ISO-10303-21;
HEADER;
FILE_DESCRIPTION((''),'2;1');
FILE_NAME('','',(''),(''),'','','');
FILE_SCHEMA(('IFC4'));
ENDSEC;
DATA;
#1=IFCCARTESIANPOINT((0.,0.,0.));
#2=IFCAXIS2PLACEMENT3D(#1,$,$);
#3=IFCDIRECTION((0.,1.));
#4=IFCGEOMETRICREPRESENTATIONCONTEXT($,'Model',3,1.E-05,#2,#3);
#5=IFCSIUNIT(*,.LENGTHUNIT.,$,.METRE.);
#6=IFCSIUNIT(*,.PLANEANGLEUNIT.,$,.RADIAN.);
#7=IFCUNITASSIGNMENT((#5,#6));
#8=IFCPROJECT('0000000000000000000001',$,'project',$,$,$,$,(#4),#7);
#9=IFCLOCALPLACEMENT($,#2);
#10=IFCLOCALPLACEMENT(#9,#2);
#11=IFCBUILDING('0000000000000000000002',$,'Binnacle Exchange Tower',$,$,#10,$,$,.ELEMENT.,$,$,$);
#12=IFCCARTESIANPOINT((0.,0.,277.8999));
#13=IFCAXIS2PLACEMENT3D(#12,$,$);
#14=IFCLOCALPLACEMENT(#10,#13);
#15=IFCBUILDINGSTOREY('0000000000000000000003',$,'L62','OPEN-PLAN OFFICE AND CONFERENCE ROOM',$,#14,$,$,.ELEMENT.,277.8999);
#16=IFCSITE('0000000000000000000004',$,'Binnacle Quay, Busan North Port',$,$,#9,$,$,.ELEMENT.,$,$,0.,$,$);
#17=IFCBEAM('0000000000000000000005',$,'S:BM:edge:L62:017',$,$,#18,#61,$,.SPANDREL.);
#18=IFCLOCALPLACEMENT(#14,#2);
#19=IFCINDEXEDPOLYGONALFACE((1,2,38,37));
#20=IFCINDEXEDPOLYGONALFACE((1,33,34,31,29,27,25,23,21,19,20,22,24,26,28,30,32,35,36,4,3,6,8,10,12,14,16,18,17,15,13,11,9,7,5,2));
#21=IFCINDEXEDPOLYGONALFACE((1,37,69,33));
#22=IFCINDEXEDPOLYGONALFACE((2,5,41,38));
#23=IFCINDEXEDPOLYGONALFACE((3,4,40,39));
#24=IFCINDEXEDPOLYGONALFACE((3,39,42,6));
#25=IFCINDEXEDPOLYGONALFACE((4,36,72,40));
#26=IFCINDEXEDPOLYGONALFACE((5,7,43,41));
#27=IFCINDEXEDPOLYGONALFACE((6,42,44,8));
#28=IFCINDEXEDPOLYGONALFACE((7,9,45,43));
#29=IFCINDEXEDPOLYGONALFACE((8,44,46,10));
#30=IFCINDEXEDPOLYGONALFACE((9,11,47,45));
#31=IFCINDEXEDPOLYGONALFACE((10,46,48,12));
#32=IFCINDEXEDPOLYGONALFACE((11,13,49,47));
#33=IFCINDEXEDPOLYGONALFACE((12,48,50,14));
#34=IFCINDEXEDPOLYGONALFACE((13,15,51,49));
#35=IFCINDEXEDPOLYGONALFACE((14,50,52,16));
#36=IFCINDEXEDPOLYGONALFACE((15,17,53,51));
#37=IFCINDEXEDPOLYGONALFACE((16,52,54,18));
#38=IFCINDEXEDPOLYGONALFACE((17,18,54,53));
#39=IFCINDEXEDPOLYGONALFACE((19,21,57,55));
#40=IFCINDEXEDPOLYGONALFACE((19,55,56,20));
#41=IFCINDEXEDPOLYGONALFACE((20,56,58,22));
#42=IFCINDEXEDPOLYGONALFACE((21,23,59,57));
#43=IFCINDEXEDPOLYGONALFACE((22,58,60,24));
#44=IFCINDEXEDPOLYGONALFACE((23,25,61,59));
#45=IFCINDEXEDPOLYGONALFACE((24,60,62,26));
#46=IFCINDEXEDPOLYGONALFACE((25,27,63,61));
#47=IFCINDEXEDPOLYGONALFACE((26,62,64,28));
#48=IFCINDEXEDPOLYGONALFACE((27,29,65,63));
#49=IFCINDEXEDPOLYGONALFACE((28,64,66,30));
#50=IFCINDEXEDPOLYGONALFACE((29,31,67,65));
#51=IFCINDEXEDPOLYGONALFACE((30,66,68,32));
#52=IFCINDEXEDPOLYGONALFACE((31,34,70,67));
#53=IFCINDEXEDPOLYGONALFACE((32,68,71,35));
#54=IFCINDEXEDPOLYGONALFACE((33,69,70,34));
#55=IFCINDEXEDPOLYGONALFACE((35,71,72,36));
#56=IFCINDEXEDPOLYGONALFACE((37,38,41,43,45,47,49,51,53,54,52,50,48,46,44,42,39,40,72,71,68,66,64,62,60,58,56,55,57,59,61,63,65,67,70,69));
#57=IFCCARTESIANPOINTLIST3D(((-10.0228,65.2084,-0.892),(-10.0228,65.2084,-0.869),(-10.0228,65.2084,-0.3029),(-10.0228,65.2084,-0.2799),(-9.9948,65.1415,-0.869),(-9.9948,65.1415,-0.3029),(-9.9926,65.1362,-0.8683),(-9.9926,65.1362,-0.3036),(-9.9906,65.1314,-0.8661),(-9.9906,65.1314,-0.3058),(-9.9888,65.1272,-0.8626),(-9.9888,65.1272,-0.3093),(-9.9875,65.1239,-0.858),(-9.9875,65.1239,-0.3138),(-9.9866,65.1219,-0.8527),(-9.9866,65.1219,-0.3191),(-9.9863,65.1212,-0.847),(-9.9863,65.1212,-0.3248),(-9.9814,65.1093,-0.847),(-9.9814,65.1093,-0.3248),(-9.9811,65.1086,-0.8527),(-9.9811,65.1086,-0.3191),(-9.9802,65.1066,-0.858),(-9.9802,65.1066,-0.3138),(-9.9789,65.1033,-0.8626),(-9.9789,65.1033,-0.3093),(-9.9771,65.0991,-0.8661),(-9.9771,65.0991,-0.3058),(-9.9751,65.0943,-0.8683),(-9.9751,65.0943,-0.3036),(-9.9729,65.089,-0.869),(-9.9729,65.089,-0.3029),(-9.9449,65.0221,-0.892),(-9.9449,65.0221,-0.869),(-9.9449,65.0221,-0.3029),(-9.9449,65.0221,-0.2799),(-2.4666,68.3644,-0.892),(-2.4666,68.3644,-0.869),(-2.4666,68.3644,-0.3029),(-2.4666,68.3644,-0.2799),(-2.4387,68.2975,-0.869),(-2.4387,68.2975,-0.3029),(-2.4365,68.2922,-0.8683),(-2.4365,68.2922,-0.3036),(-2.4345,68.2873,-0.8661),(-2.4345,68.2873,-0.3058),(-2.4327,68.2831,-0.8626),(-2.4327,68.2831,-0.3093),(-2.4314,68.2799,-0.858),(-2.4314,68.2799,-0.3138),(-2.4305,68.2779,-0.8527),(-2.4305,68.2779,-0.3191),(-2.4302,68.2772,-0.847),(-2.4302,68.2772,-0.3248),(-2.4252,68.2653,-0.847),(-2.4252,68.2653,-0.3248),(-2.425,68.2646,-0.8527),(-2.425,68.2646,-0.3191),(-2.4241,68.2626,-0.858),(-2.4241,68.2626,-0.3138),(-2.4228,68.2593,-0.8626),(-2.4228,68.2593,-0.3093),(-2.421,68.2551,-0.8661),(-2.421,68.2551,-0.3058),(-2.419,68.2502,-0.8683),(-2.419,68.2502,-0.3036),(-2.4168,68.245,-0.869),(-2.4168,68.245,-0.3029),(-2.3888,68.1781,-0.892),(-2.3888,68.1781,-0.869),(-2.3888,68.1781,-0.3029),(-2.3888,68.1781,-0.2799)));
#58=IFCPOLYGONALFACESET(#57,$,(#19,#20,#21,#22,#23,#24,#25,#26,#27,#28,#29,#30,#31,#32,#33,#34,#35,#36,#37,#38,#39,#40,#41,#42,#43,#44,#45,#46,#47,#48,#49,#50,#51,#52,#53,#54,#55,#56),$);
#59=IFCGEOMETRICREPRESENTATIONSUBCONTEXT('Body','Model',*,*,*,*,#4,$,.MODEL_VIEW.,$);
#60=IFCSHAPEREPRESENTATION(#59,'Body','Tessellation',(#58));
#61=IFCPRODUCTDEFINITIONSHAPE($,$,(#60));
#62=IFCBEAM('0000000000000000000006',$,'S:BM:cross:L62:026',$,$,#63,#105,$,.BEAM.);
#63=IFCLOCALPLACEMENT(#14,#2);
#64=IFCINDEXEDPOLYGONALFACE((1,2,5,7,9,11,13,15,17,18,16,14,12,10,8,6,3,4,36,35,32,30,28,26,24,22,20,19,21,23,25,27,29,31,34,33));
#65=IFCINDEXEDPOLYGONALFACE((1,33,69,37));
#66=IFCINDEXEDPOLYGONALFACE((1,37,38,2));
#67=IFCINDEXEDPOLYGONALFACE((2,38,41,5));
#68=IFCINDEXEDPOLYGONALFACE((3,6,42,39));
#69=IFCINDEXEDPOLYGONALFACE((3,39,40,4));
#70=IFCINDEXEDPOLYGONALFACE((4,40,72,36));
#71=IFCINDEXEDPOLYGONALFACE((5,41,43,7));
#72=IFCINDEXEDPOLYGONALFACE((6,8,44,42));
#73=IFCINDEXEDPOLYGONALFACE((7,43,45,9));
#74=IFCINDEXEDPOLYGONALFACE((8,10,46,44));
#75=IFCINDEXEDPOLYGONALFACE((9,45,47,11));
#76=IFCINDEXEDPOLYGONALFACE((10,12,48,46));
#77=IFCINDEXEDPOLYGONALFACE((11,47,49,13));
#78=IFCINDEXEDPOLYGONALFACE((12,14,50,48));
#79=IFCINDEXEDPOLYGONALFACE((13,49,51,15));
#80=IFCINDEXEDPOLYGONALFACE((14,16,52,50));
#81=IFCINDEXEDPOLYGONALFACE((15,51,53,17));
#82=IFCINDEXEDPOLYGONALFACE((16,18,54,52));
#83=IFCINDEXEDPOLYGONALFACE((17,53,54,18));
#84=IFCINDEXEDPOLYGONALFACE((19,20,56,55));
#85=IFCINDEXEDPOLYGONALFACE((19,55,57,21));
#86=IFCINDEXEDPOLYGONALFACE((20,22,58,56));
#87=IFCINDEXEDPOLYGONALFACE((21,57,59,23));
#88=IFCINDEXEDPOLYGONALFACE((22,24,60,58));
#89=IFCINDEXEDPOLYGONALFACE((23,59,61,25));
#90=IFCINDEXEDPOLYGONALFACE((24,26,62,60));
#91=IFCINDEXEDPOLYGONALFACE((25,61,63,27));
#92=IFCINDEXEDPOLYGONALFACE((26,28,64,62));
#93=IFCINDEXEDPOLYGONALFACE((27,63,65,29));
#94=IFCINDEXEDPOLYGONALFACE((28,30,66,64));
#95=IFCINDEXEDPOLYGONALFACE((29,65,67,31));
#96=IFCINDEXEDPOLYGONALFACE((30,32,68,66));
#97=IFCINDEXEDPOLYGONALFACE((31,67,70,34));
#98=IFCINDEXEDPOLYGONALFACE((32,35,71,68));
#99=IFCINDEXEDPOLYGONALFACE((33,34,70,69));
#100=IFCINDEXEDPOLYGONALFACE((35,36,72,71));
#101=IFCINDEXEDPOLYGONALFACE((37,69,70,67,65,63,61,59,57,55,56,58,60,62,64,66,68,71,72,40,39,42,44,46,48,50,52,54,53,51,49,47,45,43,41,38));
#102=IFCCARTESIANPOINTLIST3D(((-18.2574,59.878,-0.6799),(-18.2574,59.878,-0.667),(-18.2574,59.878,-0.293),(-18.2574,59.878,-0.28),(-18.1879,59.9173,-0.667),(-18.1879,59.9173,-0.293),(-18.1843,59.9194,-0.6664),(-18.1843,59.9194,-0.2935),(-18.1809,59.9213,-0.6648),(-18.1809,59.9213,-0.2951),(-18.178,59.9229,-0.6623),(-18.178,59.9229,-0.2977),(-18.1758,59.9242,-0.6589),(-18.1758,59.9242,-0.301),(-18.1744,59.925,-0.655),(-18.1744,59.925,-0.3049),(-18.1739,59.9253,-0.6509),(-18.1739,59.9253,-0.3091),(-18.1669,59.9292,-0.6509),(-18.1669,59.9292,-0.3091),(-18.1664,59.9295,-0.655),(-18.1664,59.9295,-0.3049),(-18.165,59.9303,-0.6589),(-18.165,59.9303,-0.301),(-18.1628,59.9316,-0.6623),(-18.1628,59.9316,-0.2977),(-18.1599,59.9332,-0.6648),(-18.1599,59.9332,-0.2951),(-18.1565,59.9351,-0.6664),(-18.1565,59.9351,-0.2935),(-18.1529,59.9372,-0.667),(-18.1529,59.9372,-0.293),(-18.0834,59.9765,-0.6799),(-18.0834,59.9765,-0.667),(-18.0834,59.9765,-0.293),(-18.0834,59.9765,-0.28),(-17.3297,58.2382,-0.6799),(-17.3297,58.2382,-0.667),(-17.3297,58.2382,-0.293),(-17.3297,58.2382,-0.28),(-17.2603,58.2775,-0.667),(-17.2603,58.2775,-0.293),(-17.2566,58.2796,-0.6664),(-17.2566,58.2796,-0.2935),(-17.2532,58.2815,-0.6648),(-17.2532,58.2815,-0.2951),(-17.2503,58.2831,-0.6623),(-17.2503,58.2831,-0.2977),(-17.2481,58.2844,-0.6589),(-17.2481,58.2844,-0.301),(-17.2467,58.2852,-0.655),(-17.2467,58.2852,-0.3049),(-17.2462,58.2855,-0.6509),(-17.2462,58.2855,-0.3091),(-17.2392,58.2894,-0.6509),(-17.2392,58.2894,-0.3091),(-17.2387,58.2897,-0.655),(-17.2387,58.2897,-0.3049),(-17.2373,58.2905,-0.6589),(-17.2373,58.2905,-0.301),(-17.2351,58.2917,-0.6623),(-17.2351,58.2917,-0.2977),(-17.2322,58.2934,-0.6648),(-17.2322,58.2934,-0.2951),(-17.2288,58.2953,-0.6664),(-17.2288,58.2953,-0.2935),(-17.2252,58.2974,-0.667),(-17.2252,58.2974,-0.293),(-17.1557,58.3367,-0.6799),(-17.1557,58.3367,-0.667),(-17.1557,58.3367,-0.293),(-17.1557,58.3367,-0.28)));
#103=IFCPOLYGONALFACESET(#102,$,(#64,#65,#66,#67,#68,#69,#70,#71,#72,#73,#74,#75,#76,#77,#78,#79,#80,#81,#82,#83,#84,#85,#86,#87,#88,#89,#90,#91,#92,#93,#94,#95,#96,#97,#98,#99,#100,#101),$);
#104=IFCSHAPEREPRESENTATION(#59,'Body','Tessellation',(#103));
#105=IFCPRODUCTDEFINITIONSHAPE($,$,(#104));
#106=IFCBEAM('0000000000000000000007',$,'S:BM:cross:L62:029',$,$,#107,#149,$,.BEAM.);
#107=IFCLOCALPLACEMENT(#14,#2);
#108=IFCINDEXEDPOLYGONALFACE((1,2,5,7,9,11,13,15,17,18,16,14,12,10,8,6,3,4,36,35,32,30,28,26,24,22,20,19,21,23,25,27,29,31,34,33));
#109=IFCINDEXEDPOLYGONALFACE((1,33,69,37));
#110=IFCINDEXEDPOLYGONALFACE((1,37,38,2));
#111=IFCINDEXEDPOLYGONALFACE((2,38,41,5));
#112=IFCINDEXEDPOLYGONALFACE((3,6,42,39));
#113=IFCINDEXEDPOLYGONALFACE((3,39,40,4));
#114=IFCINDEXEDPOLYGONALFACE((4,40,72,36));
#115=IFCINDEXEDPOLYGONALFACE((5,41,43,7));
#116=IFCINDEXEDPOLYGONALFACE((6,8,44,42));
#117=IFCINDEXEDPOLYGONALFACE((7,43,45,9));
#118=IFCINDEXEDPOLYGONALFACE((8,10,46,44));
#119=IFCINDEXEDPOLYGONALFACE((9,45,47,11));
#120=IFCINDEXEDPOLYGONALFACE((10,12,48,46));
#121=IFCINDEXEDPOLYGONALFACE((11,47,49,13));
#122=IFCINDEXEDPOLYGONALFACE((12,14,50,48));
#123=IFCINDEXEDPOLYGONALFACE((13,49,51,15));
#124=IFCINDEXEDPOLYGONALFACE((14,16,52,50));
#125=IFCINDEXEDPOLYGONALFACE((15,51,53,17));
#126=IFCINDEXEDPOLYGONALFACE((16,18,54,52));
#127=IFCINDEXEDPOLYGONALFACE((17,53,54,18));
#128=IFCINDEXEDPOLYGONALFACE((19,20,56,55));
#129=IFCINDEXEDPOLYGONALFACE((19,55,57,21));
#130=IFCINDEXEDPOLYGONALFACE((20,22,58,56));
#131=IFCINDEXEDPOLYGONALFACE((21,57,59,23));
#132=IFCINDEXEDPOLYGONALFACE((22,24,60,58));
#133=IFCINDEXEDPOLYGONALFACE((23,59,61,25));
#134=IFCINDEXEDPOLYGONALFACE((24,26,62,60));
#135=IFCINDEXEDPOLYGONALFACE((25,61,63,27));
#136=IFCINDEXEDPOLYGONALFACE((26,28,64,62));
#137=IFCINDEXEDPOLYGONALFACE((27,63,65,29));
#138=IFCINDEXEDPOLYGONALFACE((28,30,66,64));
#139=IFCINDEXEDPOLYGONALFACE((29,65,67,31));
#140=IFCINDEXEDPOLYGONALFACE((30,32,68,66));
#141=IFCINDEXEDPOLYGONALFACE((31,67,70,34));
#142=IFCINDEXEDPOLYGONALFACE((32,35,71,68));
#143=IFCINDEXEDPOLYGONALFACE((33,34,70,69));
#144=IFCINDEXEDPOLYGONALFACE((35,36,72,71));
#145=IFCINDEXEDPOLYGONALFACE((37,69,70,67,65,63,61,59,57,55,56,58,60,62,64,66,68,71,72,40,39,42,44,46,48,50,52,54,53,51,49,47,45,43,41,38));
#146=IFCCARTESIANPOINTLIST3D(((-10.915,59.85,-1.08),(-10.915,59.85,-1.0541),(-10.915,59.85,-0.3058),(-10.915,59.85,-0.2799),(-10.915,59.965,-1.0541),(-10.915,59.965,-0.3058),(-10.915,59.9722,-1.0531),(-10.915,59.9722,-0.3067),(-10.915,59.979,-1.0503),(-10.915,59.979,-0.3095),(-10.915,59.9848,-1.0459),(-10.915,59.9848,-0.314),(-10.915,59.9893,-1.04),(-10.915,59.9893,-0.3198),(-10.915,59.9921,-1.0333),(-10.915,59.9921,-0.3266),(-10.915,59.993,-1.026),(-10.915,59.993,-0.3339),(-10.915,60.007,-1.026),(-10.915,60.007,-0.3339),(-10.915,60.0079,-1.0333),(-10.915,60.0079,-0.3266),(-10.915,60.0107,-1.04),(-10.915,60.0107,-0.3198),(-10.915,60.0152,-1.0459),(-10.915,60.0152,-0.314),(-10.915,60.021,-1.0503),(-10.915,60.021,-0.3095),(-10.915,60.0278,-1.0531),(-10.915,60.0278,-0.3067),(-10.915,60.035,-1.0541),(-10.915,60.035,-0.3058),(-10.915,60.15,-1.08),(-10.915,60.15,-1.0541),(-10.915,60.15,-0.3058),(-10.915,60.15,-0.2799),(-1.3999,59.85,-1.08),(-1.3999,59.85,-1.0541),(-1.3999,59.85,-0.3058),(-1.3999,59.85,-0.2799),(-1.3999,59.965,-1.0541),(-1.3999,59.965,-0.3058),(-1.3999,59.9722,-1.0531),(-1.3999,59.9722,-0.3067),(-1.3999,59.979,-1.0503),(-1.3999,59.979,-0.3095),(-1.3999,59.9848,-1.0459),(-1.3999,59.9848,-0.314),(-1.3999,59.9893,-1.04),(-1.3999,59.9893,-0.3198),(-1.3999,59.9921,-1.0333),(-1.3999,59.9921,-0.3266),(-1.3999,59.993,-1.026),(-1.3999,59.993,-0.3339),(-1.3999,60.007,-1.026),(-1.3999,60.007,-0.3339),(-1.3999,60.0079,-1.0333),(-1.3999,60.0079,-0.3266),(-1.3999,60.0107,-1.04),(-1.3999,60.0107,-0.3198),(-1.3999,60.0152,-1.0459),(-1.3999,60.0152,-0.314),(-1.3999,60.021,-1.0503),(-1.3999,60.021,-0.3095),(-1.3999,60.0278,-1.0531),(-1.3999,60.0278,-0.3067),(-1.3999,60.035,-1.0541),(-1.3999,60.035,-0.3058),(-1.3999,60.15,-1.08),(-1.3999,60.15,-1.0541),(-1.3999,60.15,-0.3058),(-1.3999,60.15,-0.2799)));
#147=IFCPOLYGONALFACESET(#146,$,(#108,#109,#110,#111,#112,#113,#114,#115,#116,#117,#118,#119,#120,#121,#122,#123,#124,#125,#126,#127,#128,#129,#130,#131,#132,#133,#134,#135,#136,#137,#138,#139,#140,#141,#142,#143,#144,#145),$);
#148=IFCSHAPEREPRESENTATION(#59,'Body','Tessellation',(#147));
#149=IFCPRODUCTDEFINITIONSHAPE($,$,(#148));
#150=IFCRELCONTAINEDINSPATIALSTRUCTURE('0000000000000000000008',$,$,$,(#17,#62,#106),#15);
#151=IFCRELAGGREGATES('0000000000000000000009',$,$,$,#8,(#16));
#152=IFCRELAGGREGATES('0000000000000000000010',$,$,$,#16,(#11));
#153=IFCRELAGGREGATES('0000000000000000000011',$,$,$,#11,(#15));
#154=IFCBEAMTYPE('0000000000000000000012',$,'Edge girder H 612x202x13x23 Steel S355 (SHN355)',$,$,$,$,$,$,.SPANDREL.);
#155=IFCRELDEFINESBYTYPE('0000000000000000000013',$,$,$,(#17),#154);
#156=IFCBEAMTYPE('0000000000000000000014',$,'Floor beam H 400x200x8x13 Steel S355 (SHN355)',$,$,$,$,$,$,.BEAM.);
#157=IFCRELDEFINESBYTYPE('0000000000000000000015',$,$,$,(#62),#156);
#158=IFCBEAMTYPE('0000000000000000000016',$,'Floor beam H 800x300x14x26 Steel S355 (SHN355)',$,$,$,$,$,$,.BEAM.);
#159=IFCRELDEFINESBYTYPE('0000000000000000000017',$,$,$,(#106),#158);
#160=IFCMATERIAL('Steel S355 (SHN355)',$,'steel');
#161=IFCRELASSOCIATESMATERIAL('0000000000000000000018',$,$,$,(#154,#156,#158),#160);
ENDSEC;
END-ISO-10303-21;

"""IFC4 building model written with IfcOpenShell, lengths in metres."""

from ifc_helpers import new_model, si_unit, direction, frame, origin, origin_2d, place, context, subcontext, project, spatial, i_section, extrude, material, material_profile, profile_set, type_object, element, save


model = new_model("IFC4")

# Units and contexts
model_context = context("Model", 3, precision=1e-05, world=origin(), true_north=direction((0.0, 1.0)))
body_context = subcontext(model_context, "Body", "Model", "MODEL_VIEW")
ifc_project = project(units=[si_unit("LENGTHUNIT", "METRE"), si_unit("PLANEANGLEUNIT", "RADIAN")], contexts=[model_context])

# Site, building, storey
site_placement = place(None, origin())
site = spatial("IfcSite", under=ifc_project, at=site_placement, Name="Binnacle Quay, Busan North Port", CompositionType="ELEMENT", RefElevation=0.0)
building_placement = place(site_placement, origin())
building = spatial("IfcBuilding", under=site, at=building_placement, Name="Binnacle Exchange Tower", CompositionType="ELEMENT")
storey_placement = place(building_placement, frame((0.0, 0.0, 277.8999)))
storey = spatial("IfcBuildingStorey", under=building, at=storey_placement, Name="L62", Description="OPEN-PLAN OFFICE AND CONFERENCE ROOM", CompositionType="ELEMENT", Elevation=277.8999)

# Beams
ifc_material_1 = material(Name="Steel S355 (SHN355)", Category="steel")
ifc_material_profile_1 = material_profile(ifc_material_1, i_section(OverallWidth=0.2019, OverallDepth=0.6121, WebThickness=0.0129, FlangeThickness=0.0229, FilletRadius=0.022, at=origin_2d()), Name="H 612x202x13x23")
ifc_profile_set_1 = profile_set([ifc_material_profile_1], Name="Steel S355 (SHN355)")
beam_type_1 = type_object("IfcBeamType", Name="Edge girder H 612x202x13x23 Steel S355 (SHN355)", PredefinedType="SPANDREL", material=ifc_profile_set_1)
beam_1_placement = place(storey_placement, frame((-2.4277, 68.2712, -0.5859), z_axis=(-0.922747, -0.385407, 0.0), x_axis=(0.385407, -0.922747, 0.0)))
element("IfcBeam", 1, at=beam_1_placement, inside=storey, type_object=beam_type_1, Name="S:BM:edge:L62:017", PredefinedType="SPANDREL", context=body_context, shape_type="SweptSolid", body=[
    extrude(i_section(OverallWidth=0.2019, OverallDepth=0.6121, WebThickness=0.0129, FlangeThickness=0.0229, FilletRadius=0.022, at=origin_2d()), origin(), (0.0, 0.0, 1.0), 8.1887),
])
ifc_material_profile_2 = material_profile(ifc_material_1, i_section(OverallWidth=0.2, OverallDepth=0.3999, WebThickness=0.0081, FlangeThickness=0.0129, FilletRadius=0.0161, at=origin_2d()), Name="H 400x200x8x13")
ifc_profile_set_2 = profile_set([ifc_material_profile_2], Name="Steel S355 (SHN355)")
beam_type_2 = type_object("IfcBeamType", Name="Floor beam H 400x200x8x13 Steel S355 (SHN355)", PredefinedType="BEAM", material=ifc_profile_set_2)
beam_2_placement = place(storey_placement, frame((-18.1704, 59.9272, -0.48), z_axis=(0.492395, -0.870372, 0.0), x_axis=(0.870372, 0.492395, 0.0)))
element("IfcBeam", 2, at=beam_2_placement, inside=storey, type_object=beam_type_2, Name="S:BM:cross:L62:026", PredefinedType="BEAM", context=body_context, shape_type="SweptSolid", body=[
    extrude(i_section(OverallWidth=0.2, OverallDepth=0.3999, WebThickness=0.0081, FlangeThickness=0.0129, FilletRadius=0.0161, at=origin_2d()), origin(), (0.0, 0.0, 1.0), 1.884),
])
ifc_material_profile_3 = material_profile(ifc_material_1, i_section(OverallWidth=0.3, OverallDepth=0.8, WebThickness=0.0139, FlangeThickness=0.0259, FilletRadius=0.0281, at=origin_2d()), Name="H 800x300x14x26")
ifc_profile_set_3 = profile_set([ifc_material_profile_3], Name="Steel S355 (SHN355)")
beam_type_3 = type_object("IfcBeamType", Name="Floor beam H 800x300x14x26 Steel S355 (SHN355)", PredefinedType="BEAM", material=ifc_profile_set_3)
beam_3_placement = place(storey_placement, frame((-1.3999, 60.0, -0.6799), z_axis=(-1.0, 0.0, 0.0), x_axis=(0.0, -1.0, 0.0)))
element("IfcBeam", 3, at=beam_3_placement, inside=storey, type_object=beam_type_3, Name="S:BM:cross:L62:029", PredefinedType="BEAM", context=body_context, shape_type="SweptSolid", body=[
    extrude(i_section(OverallWidth=0.3, OverallDepth=0.8, WebThickness=0.0139, FlangeThickness=0.0259, FilletRadius=0.0281, at=origin_2d()), origin(), (0.0, 0.0, 1.0), 9.5151),
])

save(model, "model.ifc")
